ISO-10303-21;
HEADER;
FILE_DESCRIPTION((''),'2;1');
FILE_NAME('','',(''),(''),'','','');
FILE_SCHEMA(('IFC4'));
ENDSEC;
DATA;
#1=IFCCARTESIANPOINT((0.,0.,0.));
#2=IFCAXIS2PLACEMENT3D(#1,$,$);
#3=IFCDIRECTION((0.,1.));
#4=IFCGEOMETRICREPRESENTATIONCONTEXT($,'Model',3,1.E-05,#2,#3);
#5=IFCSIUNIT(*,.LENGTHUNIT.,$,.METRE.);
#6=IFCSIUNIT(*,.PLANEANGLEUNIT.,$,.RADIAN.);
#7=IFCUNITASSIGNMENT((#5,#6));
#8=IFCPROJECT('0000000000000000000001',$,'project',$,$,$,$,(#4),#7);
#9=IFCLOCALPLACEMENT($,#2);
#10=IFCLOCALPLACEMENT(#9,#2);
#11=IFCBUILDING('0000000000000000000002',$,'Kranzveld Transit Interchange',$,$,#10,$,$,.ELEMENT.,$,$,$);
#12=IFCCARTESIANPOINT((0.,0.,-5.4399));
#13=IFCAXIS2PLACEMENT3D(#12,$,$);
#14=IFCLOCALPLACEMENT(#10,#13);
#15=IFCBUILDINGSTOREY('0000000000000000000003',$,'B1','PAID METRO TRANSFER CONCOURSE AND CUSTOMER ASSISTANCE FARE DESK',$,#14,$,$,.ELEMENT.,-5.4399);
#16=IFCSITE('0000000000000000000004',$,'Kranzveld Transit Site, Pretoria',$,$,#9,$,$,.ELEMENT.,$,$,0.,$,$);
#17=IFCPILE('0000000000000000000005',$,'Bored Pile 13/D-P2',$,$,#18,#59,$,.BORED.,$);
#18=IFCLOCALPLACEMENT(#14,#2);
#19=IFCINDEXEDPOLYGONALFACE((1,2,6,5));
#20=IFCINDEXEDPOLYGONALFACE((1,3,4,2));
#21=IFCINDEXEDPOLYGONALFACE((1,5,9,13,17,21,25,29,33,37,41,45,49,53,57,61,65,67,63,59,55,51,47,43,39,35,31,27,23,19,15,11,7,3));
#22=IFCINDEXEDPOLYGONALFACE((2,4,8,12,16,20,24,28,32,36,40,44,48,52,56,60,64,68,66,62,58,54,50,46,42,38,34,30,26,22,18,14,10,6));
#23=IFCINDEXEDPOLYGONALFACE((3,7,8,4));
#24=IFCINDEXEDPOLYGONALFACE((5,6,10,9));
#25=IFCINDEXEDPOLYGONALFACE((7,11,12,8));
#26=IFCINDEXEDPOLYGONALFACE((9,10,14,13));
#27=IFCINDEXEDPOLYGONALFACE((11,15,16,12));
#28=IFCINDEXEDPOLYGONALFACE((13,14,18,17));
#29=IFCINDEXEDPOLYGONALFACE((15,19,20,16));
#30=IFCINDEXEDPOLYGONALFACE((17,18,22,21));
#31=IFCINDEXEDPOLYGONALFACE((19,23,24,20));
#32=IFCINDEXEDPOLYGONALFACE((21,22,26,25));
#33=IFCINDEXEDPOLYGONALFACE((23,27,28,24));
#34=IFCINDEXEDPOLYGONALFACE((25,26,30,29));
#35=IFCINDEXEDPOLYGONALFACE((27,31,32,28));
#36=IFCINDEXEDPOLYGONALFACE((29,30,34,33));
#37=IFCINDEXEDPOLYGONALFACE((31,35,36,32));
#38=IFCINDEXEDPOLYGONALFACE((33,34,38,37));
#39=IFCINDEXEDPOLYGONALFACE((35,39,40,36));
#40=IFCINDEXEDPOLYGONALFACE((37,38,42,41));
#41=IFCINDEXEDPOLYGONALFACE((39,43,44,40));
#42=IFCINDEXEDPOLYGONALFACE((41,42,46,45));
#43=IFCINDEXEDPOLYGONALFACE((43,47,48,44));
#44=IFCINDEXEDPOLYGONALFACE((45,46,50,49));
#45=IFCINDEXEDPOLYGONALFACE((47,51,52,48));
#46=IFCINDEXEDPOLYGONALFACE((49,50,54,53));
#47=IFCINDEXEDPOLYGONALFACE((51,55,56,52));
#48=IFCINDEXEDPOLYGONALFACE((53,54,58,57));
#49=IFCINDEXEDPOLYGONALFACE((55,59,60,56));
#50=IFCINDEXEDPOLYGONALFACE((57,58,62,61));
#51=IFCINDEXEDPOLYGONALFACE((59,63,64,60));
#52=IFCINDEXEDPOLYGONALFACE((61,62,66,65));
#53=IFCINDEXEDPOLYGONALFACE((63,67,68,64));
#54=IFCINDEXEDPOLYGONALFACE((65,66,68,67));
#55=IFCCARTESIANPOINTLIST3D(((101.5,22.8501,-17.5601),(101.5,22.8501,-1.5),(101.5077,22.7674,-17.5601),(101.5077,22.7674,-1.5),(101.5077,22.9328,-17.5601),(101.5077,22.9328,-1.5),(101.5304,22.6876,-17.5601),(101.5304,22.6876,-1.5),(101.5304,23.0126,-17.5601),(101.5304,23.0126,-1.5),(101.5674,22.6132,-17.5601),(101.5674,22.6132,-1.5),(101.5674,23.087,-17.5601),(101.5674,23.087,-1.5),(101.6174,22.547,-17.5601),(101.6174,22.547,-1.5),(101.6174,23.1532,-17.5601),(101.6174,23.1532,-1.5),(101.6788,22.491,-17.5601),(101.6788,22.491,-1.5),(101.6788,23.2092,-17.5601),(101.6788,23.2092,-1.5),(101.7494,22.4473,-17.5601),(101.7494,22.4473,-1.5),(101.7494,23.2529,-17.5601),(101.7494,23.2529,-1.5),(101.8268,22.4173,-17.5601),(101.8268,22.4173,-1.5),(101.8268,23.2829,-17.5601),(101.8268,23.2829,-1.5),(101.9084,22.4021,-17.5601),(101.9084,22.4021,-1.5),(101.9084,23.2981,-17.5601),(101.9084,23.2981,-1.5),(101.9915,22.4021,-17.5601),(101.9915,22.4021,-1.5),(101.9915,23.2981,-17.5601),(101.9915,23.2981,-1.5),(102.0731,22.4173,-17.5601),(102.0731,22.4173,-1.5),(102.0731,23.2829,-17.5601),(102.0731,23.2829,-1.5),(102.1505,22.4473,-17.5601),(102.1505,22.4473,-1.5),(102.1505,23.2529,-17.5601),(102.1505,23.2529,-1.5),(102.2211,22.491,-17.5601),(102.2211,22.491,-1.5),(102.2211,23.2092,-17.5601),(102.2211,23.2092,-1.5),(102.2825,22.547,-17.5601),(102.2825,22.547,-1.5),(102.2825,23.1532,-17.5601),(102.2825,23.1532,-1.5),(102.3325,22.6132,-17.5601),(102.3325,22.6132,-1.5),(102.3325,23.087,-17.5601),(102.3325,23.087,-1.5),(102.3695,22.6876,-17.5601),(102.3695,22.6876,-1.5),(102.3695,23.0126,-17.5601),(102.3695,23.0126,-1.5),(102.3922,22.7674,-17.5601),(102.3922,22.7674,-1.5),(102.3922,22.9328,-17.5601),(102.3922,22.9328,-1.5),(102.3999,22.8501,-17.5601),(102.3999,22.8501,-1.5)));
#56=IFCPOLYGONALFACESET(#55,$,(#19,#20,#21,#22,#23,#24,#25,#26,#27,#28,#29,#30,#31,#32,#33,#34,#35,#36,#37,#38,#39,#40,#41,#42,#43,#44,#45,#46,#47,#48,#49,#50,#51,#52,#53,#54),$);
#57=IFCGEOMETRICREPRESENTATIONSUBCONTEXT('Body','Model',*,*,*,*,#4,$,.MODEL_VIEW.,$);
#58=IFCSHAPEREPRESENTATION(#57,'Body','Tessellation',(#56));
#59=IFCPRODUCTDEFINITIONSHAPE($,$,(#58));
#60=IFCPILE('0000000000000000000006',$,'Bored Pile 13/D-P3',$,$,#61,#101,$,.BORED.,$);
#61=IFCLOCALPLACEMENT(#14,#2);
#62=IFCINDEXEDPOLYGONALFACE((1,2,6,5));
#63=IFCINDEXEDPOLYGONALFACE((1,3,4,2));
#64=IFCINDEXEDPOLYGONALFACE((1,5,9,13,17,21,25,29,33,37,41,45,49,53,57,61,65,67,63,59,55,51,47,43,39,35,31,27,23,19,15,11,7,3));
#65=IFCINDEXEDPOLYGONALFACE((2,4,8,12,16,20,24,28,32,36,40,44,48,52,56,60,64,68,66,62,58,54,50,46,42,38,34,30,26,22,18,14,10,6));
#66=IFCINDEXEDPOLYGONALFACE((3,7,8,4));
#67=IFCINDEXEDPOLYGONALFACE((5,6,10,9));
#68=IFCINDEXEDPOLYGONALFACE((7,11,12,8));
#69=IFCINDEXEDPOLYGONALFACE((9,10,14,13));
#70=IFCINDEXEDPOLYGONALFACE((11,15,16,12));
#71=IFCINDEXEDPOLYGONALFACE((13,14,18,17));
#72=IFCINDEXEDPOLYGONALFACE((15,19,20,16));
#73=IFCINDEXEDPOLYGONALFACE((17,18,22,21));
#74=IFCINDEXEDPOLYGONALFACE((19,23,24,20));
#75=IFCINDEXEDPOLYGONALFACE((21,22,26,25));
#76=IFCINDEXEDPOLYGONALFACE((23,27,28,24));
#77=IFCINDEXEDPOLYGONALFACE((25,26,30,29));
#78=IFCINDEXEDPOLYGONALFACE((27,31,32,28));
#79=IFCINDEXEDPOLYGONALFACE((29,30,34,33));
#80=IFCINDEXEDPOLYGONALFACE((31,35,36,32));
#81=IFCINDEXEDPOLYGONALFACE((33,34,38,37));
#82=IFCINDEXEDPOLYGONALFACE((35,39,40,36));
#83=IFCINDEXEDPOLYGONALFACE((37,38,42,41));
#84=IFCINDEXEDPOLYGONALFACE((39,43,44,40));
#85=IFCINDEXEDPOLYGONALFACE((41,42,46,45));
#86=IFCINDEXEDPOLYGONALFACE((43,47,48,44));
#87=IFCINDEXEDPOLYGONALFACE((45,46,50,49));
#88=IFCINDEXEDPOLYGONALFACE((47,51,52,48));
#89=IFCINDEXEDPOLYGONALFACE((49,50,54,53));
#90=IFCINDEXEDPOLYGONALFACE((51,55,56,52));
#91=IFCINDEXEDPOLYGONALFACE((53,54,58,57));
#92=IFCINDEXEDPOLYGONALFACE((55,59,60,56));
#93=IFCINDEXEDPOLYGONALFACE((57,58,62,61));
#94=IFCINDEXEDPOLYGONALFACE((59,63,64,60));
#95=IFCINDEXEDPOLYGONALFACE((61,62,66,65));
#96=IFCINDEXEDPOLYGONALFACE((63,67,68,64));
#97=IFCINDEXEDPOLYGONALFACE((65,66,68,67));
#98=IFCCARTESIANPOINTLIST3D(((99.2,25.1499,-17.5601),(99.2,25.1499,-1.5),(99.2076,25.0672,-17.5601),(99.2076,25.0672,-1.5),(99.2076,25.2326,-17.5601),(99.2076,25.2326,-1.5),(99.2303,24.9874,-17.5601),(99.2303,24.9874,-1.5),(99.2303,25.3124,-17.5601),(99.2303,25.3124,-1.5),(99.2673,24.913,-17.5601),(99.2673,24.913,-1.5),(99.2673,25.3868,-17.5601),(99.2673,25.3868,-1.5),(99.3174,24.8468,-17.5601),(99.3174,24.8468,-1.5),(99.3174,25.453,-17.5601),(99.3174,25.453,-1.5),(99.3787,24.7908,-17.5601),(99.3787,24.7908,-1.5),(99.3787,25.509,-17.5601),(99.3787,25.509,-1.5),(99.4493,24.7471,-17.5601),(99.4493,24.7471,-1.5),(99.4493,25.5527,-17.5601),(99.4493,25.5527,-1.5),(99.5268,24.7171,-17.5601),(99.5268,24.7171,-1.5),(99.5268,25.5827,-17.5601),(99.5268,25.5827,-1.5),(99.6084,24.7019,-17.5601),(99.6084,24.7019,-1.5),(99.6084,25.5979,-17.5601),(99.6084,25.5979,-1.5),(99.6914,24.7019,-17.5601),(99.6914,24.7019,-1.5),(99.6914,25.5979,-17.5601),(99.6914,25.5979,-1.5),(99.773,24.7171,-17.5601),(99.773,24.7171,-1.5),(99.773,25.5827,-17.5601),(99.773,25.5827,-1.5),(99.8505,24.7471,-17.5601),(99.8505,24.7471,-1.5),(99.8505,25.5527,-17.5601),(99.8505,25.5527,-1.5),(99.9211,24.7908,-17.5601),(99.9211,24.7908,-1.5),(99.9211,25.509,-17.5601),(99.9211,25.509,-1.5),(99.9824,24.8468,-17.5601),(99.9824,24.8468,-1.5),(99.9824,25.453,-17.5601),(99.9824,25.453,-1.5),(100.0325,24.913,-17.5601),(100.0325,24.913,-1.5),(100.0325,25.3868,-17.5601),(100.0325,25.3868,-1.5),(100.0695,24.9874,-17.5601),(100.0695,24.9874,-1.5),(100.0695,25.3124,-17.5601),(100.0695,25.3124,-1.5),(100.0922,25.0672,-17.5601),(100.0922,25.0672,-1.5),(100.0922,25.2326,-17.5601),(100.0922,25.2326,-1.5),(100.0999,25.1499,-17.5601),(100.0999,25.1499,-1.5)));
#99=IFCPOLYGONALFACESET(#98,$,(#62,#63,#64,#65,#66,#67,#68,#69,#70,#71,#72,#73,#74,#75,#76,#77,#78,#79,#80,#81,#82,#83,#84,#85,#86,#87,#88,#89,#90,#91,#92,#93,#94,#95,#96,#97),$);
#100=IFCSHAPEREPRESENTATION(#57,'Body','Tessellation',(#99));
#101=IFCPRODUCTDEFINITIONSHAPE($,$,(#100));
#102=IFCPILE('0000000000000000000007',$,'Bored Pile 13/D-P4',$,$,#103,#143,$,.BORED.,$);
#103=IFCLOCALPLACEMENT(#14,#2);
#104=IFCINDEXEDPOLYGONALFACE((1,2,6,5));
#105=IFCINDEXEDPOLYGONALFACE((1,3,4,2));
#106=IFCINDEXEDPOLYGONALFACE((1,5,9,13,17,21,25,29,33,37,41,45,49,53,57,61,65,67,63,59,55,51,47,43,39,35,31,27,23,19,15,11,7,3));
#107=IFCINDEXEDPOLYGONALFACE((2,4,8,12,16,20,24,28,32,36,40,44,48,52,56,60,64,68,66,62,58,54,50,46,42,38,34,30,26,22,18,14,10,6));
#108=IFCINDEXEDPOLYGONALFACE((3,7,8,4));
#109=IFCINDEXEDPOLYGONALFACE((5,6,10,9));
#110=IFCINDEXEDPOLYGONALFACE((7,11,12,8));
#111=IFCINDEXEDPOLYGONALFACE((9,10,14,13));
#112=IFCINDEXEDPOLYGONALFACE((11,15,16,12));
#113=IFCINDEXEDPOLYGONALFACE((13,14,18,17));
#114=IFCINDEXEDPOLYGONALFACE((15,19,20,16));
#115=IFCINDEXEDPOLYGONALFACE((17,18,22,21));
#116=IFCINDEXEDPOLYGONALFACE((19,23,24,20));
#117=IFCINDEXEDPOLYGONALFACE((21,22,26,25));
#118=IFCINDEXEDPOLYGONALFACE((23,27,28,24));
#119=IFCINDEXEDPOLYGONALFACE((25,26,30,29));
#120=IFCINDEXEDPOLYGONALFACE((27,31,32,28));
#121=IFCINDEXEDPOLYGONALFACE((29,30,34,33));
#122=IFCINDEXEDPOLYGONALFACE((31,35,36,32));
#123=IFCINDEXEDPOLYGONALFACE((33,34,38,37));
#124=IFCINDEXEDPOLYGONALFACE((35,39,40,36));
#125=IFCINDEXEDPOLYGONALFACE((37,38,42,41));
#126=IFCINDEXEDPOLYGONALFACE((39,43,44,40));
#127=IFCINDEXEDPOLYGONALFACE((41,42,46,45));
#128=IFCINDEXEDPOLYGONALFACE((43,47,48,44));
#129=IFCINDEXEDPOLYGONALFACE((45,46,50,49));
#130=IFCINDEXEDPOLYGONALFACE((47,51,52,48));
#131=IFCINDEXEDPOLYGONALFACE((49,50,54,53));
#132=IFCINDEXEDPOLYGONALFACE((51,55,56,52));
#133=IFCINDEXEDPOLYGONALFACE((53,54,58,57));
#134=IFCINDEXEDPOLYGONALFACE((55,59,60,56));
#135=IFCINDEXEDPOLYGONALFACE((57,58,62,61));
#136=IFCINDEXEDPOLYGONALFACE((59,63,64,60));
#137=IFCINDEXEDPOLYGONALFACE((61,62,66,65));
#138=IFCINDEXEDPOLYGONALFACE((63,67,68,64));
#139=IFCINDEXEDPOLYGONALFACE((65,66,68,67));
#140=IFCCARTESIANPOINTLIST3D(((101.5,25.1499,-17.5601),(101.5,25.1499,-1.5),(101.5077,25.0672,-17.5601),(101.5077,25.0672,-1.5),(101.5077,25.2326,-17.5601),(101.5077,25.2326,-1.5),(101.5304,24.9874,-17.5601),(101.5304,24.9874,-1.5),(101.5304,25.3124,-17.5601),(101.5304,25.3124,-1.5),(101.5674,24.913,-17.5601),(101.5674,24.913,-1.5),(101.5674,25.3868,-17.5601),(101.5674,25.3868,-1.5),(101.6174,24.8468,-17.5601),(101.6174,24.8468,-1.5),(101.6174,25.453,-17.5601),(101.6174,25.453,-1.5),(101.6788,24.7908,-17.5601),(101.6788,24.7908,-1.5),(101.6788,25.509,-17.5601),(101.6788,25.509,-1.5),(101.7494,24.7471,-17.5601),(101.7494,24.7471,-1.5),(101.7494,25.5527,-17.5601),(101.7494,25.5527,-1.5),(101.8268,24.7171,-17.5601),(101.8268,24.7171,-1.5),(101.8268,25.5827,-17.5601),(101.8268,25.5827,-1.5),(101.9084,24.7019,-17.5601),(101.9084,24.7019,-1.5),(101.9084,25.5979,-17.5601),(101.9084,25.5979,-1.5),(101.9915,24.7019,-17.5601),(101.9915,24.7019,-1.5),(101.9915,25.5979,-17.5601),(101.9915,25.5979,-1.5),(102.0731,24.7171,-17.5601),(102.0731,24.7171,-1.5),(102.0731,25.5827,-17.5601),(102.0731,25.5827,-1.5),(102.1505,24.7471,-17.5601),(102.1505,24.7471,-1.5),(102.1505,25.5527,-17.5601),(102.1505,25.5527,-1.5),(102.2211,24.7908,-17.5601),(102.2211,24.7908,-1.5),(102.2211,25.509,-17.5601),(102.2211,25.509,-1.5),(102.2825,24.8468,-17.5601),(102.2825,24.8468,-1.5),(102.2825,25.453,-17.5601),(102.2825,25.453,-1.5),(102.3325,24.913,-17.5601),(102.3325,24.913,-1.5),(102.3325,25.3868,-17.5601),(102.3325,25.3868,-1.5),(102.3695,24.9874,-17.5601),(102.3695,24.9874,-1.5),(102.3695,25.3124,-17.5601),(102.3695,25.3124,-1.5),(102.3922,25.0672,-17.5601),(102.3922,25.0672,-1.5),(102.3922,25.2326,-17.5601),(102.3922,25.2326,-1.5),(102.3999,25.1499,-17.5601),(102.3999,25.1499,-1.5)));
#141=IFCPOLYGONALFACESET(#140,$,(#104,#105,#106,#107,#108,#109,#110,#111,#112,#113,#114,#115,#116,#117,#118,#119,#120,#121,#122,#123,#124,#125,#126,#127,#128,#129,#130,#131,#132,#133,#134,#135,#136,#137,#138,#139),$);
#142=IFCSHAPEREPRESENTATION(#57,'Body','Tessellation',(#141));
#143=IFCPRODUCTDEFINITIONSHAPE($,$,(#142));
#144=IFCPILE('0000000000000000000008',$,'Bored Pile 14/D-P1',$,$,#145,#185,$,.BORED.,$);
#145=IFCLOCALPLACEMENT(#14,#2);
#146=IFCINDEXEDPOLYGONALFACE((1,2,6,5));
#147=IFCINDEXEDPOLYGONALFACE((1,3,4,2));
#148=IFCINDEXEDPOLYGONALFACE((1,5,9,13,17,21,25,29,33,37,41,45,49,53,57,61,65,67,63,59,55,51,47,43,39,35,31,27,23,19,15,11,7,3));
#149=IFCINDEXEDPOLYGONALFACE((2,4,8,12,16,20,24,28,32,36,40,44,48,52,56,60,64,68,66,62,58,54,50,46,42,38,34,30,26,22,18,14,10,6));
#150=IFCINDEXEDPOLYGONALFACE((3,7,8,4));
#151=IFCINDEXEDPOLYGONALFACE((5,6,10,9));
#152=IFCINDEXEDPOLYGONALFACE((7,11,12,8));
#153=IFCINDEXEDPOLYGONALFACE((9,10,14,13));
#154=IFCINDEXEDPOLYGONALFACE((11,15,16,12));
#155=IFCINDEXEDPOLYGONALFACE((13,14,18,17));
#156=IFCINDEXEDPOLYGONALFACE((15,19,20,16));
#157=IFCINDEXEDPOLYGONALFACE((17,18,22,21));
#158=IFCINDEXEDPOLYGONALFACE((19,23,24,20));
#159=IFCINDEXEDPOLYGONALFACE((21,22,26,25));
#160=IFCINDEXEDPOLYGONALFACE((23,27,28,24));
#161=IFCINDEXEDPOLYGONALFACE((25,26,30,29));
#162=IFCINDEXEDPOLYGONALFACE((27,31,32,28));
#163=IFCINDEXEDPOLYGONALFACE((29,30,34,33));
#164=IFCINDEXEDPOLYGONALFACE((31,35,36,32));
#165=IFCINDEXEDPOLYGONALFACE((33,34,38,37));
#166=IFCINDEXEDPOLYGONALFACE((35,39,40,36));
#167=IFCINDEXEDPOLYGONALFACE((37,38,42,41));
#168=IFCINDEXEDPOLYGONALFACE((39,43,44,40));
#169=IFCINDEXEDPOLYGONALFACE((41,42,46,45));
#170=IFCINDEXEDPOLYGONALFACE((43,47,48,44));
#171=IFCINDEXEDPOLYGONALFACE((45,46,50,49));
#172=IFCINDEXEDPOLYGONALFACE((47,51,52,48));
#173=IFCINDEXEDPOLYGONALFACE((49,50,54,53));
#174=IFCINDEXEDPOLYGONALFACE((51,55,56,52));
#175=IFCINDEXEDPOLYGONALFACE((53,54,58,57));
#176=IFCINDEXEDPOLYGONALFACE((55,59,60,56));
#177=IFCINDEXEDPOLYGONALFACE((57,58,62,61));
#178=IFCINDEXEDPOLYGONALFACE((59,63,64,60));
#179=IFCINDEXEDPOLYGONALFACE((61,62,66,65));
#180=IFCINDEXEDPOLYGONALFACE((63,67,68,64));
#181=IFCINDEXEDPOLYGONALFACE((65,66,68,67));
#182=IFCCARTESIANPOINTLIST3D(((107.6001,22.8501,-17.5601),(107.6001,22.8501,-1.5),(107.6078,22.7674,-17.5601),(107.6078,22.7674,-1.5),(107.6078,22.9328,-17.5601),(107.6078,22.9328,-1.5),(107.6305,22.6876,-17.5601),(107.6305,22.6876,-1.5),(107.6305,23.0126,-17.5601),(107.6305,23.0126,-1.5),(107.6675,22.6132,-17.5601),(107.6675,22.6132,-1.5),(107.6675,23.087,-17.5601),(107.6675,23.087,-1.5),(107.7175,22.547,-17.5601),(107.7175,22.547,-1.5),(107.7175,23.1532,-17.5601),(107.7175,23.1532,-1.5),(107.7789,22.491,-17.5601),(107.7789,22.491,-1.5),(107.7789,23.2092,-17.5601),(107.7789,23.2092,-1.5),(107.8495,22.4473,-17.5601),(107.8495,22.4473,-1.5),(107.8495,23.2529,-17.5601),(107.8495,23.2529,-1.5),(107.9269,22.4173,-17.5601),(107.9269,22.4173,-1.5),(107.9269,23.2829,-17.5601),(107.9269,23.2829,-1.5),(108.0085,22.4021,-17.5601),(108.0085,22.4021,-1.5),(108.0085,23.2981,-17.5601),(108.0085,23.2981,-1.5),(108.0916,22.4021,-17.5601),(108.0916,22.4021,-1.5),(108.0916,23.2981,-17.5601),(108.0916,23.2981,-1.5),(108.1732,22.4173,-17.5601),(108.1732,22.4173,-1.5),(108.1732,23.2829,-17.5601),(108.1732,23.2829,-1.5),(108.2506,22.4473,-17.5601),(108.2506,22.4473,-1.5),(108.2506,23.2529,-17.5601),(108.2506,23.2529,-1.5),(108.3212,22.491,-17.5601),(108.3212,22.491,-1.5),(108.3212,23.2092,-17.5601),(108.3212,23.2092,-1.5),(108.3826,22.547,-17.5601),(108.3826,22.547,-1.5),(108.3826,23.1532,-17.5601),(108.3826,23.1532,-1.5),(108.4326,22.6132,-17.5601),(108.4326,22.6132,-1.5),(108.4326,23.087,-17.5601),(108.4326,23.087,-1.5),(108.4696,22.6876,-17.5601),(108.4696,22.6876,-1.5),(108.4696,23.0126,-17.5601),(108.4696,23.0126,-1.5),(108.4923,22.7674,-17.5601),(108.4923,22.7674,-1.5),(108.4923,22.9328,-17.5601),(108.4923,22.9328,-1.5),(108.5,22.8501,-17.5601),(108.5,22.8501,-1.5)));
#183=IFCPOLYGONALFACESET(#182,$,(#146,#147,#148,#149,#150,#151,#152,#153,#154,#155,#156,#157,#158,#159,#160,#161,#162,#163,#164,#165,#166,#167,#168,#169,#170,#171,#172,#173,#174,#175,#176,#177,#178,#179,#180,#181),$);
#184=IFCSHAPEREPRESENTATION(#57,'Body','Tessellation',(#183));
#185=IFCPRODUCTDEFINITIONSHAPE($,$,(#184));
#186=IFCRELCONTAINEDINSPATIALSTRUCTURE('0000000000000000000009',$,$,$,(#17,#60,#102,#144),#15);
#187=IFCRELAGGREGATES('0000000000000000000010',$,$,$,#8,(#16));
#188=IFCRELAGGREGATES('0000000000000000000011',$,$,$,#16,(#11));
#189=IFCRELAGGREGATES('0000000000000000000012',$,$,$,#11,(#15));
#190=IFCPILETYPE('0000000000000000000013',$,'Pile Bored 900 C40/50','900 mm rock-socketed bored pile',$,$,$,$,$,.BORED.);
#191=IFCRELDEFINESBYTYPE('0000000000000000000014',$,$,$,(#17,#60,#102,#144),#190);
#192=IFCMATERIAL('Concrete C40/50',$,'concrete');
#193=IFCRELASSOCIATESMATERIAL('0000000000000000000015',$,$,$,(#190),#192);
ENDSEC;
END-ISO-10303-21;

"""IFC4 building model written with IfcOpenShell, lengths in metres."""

from ifc_helpers import new_model, si_unit, direction, frame, origin, origin_2d, place, context, subcontext, project, spatial, circle, extrude, material, material_profile, profile_set, type_object, element, save


model = new_model("IFC4")

# Units and contexts
model_context = context("Model", 3, precision=1e-05, world=origin(), true_north=direction((0.0, 1.0)))
body_context = subcontext(model_context, "Body", "Model", "MODEL_VIEW")
ifc_project = project(units=[si_unit("LENGTHUNIT", "METRE"), si_unit("PLANEANGLEUNIT", "RADIAN")], contexts=[model_context])

# Site, building, storey
site_placement = place(None, origin())
site = spatial("IfcSite", under=ifc_project, at=site_placement, Name="Kranzveld Transit Site, Pretoria", CompositionType="ELEMENT", RefElevation=0.0)
building_placement = place(site_placement, origin())
building = spatial("IfcBuilding", under=site, at=building_placement, Name="Kranzveld Transit Interchange", CompositionType="ELEMENT")
storey_placement = place(building_placement, frame((0.0, 0.0, -5.4399)))
storey = spatial("IfcBuildingStorey", under=building, at=storey_placement, Name="B1", Description="PAID METRO TRANSFER CONCOURSE AND CUSTOMER ASSISTANCE FARE DESK", CompositionType="ELEMENT", Elevation=-5.4399)

# Piles
ifc_material_1 = material(Name="Concrete C40/50", Category="concrete")
ifc_material_profile_1 = material_profile(ifc_material_1, circle(Radius=0.45, at=origin_2d()), Name="BORED PILE 900")
ifc_profile_set_1 = profile_set([ifc_material_profile_1], Name="Concrete C40/50")
pile_type = type_object("IfcPileType", Name="Pile Bored 900 C40/50", Description="900 mm rock-socketed bored pile", PredefinedType="BORED", material=ifc_profile_set_1)
for number, where, z_axis, x_axis, name in (
    (1, (101.95, 22.8501, -1.5), (0.0, 0.0, -1.0), (1.0, 0.0, 0.0), "Bored Pile 13/D-P2"),
    (2, (99.6499, 25.1499, -1.5), (0.0, 0.0, -1.0), (1.0, 0.0, 0.0), "Bored Pile 13/D-P3"),
    (3, (101.95, 25.1499, -1.5), (0.0, 0.0, -1.0), (1.0, 0.0, 0.0), "Bored Pile 13/D-P4"),
    (4, (108.05, 22.8501, -1.5), (0.0, 0.0, -1.0), (1.0, 0.0, 0.0), "Bored Pile 14/D-P1"),
):
    element("IfcPile", number, at=place(storey_placement, frame(where, z_axis=z_axis, x_axis=x_axis)), inside=storey, type_object=pile_type, Name=name, PredefinedType="BORED", context=body_context, shape_type="SweptSolid", body=[
        extrude(circle(Radius=0.45, at=origin_2d()), origin(), (0.0, 0.0, 1.0), 16.0601),
    ])

save(model, "model.ifc")
